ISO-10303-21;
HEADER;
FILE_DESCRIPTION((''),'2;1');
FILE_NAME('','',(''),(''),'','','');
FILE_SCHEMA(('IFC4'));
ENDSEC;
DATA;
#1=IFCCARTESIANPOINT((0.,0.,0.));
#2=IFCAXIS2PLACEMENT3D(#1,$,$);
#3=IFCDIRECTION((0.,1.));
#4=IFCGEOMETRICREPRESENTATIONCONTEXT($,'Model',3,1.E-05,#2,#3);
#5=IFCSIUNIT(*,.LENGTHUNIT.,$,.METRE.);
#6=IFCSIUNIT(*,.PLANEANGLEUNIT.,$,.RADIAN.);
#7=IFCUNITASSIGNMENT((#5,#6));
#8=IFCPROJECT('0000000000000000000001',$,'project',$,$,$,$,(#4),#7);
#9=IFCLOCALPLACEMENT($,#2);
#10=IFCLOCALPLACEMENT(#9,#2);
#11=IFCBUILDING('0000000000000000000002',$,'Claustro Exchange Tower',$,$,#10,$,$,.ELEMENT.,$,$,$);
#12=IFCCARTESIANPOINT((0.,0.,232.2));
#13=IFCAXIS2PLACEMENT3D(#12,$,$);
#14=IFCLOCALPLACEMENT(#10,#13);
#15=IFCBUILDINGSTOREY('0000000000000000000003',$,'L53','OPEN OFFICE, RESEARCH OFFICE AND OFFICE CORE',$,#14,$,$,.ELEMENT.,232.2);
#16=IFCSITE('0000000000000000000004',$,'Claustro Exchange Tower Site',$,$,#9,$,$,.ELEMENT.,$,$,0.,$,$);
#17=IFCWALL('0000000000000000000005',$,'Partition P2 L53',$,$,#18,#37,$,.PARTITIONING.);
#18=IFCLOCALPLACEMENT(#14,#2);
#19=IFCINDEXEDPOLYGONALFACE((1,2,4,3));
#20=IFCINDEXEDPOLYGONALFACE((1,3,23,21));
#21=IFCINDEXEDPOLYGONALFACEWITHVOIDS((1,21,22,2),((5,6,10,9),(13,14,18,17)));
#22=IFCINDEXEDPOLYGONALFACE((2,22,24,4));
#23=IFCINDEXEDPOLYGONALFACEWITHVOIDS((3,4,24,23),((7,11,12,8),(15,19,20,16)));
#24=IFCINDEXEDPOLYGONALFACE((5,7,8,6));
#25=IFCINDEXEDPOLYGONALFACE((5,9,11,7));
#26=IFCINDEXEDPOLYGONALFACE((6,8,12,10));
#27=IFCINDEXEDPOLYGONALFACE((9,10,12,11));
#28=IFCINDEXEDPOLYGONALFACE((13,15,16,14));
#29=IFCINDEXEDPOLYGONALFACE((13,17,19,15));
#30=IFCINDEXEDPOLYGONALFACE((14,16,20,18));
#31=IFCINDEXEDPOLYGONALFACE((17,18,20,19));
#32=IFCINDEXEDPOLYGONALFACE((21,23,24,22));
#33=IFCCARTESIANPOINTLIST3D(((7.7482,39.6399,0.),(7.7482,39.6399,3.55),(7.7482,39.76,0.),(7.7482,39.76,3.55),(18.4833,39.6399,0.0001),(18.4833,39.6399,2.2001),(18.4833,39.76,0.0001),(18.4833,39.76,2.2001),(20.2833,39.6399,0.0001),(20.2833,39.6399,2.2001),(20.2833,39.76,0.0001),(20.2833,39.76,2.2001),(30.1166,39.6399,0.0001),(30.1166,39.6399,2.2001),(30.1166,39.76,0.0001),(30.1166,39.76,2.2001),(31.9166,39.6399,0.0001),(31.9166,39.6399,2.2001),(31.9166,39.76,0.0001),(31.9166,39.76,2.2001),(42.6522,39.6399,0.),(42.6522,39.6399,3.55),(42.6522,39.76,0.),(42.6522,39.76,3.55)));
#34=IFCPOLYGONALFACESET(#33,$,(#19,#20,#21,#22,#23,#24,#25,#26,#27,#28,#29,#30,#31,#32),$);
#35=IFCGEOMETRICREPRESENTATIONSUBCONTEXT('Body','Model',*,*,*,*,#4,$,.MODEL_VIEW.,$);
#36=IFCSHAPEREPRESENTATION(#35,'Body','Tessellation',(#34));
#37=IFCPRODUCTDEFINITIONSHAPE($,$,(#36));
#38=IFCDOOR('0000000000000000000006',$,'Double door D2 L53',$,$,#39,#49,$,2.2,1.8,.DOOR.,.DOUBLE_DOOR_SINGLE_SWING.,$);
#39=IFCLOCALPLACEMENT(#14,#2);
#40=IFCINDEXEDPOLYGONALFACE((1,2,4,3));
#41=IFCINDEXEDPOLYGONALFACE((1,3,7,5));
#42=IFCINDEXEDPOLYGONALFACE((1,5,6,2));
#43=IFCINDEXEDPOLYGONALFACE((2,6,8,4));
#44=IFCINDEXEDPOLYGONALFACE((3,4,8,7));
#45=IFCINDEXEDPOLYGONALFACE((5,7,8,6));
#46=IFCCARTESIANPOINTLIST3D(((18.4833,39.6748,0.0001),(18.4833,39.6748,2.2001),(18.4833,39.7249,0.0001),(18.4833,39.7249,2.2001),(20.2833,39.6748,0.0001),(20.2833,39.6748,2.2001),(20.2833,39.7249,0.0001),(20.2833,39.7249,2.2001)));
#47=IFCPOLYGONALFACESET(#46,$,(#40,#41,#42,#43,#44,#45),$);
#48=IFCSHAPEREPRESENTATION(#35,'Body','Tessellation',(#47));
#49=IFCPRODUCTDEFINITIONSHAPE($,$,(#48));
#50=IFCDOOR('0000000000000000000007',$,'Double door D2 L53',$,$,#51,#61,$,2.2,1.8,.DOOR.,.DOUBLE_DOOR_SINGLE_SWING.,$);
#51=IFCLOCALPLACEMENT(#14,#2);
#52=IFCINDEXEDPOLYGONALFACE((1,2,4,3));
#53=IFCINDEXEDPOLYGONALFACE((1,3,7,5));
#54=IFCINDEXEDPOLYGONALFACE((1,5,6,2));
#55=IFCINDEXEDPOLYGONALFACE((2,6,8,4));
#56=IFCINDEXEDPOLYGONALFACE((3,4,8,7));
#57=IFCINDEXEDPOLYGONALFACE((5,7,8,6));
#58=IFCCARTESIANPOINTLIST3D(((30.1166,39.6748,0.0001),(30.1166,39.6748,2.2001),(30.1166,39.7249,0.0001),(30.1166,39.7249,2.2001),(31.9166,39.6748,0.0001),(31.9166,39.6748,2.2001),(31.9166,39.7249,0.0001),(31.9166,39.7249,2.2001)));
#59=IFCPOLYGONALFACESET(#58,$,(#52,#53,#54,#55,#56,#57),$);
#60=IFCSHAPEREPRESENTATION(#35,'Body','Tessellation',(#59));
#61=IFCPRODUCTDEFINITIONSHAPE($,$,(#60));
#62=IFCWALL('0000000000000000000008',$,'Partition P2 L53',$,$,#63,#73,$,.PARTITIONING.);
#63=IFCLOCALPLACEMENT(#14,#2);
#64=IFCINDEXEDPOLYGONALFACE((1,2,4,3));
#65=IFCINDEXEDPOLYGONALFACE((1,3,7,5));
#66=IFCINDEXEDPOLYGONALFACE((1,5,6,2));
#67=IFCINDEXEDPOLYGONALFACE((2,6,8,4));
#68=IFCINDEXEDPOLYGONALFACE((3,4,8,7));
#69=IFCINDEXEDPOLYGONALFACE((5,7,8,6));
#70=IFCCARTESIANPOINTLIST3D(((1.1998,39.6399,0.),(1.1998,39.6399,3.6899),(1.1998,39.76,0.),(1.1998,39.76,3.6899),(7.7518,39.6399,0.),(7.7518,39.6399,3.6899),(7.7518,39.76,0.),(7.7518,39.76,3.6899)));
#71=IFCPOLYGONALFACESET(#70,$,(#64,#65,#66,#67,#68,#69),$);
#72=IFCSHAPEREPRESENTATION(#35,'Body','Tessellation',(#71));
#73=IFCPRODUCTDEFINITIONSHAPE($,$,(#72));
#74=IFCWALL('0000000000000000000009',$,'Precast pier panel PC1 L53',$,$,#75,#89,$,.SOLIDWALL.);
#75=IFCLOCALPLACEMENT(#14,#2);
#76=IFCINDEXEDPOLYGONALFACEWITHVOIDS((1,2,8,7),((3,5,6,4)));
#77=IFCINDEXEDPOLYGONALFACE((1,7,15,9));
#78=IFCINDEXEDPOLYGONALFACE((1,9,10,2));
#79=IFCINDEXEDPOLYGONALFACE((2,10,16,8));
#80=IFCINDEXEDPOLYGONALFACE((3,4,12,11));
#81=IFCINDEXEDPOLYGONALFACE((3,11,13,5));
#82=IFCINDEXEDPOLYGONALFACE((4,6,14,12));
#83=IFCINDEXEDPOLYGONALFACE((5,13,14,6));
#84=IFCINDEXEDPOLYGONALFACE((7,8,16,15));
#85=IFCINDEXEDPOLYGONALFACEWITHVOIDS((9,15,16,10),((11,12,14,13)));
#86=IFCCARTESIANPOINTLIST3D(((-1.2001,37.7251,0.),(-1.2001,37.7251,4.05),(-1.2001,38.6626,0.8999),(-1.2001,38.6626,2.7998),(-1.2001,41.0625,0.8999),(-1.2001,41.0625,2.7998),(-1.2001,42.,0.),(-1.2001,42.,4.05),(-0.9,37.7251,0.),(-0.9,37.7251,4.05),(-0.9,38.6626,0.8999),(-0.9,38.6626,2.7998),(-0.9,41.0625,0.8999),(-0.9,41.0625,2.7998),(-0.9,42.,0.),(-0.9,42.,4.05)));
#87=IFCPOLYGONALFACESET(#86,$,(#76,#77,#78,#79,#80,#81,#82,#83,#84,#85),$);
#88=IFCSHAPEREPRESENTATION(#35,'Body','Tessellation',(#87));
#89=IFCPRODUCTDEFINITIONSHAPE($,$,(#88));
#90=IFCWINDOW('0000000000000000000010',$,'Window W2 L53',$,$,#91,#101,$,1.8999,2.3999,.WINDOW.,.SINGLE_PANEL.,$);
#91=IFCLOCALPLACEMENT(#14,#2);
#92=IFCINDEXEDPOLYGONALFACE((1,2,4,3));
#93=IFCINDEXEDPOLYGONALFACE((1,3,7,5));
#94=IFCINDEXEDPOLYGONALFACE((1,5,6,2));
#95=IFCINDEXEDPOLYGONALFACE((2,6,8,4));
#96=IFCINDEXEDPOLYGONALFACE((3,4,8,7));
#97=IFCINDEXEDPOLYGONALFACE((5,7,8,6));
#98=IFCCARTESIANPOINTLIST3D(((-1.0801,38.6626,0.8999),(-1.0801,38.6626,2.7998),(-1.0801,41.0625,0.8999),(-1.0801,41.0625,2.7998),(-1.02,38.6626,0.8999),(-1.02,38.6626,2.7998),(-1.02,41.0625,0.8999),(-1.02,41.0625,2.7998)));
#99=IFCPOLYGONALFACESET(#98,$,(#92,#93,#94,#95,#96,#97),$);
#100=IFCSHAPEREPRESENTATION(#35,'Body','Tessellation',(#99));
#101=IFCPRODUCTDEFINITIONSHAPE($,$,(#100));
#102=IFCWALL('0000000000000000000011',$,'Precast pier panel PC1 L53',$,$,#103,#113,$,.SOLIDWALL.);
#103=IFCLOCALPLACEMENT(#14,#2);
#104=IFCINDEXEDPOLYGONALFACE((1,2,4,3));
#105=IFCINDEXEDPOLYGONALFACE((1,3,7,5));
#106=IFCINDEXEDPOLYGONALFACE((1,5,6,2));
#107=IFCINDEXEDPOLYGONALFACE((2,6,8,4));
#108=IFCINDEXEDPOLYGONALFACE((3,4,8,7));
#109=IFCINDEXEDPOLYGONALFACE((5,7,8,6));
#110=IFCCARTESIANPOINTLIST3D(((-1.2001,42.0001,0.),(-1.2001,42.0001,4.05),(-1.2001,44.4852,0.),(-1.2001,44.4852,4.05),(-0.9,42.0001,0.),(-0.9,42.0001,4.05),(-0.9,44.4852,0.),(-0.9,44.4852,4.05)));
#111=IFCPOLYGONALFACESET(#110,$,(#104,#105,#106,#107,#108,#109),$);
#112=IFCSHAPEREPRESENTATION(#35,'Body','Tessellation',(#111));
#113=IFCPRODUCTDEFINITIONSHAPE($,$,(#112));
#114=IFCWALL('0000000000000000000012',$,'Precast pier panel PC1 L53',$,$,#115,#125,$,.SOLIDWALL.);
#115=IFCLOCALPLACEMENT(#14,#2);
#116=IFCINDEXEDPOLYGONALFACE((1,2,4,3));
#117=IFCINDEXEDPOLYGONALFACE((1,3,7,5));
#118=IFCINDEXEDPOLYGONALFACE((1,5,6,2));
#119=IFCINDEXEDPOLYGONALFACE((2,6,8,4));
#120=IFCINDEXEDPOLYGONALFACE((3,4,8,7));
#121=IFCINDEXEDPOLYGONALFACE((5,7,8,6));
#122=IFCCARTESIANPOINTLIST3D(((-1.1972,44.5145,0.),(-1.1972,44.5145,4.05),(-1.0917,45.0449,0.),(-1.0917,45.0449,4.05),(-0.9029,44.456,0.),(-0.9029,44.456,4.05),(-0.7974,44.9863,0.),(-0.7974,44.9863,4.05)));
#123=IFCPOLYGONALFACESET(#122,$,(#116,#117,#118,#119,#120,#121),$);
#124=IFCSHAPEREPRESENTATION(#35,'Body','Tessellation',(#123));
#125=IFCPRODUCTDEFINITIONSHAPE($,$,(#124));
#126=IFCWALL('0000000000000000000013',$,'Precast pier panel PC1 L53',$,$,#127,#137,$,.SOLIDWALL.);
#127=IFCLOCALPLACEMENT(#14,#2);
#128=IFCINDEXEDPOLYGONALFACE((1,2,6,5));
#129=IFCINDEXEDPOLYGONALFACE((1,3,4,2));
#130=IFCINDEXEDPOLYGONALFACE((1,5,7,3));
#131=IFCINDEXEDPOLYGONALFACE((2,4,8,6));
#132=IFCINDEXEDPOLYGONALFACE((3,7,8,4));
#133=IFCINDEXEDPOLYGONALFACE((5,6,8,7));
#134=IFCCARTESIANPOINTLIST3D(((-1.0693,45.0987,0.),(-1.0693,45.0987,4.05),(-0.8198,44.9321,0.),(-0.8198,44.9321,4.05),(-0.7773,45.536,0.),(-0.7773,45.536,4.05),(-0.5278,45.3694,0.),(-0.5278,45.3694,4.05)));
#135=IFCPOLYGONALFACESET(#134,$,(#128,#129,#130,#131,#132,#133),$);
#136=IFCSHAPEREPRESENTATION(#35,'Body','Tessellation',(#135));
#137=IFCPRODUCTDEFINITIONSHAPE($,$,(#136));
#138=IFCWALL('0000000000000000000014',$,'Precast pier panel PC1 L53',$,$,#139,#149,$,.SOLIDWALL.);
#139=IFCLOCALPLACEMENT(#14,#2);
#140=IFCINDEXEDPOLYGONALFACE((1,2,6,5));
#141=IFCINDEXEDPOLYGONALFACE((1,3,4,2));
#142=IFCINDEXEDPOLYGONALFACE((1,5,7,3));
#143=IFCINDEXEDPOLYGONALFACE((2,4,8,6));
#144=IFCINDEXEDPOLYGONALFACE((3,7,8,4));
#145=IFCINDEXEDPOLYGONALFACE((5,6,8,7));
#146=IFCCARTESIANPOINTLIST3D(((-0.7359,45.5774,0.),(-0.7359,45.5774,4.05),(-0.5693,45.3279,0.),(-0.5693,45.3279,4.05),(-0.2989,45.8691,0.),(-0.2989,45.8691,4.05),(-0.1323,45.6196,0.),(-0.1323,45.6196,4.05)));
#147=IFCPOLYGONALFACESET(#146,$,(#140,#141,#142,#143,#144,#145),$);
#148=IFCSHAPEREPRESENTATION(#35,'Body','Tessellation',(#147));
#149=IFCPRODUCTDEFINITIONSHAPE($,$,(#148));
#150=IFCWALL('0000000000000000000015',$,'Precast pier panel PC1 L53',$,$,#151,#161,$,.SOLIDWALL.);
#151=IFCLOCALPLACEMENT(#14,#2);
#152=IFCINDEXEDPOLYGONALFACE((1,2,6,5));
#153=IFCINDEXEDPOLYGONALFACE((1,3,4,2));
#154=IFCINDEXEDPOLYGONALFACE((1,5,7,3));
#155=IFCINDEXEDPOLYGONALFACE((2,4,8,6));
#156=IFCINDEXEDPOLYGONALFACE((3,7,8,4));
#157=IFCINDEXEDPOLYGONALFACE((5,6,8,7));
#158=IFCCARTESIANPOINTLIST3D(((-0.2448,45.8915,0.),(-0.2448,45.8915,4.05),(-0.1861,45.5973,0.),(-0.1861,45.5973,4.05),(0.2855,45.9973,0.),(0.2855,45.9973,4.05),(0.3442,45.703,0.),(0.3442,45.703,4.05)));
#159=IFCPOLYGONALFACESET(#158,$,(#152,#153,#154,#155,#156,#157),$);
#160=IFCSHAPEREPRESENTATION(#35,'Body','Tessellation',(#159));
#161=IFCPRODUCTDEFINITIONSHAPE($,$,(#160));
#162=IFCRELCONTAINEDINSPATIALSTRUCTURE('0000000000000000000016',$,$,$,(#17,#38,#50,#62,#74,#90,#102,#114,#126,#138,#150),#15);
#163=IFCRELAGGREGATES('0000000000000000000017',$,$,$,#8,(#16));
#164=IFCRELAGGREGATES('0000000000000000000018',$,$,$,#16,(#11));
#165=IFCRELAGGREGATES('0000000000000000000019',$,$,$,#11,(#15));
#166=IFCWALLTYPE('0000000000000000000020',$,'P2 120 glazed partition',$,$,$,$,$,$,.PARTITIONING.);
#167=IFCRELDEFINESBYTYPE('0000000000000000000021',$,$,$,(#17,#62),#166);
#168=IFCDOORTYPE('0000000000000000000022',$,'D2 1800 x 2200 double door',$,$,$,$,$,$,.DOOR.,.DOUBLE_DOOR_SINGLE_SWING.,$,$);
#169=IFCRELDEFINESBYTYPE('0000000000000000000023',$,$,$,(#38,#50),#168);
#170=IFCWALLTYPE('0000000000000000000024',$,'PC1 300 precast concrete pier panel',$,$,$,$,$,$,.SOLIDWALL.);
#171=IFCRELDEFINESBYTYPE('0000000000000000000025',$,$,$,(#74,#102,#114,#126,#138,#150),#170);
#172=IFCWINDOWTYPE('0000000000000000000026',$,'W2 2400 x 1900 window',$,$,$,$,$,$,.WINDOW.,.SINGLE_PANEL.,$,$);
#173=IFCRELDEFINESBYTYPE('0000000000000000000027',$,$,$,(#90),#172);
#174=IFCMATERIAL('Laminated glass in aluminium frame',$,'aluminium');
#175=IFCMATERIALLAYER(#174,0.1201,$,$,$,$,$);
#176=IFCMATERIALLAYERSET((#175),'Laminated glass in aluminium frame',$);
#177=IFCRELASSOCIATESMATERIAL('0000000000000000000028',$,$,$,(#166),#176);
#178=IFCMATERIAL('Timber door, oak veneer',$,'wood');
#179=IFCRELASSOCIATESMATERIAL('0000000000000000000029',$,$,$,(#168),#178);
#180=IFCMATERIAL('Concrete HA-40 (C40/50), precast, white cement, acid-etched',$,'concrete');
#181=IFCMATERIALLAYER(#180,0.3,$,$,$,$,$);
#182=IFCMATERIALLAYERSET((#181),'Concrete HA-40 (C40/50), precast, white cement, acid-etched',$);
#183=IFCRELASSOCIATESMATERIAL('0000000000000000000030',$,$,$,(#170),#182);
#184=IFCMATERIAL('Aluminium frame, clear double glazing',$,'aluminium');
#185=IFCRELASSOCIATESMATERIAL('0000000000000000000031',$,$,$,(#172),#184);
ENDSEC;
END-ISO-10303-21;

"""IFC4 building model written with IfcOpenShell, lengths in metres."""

from ifc_helpers import new_model, si_unit, direction, frame, frame_2d, origin, place, context, subcontext, project, spatial, rectangle, extrude, material, layer, layer_set, type_object, element, fill, save


model = new_model("IFC4")

# Units and contexts
model_context = context("Model", 3, precision=1e-05, world=origin(), true_north=direction((0.0, 1.0)))
body_context = subcontext(model_context, "Body", "Model", "MODEL_VIEW")
ifc_project = project(units=[si_unit("LENGTHUNIT", "METRE"), si_unit("PLANEANGLEUNIT", "RADIAN")], contexts=[model_context])

# Site, building, storey
site_placement = place(None, origin())
site = spatial("IfcSite", under=ifc_project, at=site_placement, Name="Claustro Exchange Tower Site", CompositionType="ELEMENT", RefElevation=0.0)
building_placement = place(site_placement, origin())
building = spatial("IfcBuilding", under=site, at=building_placement, Name="Claustro Exchange Tower", CompositionType="ELEMENT")
storey_placement = place(building_placement, frame((0.0, 0.0, 232.2)))
storey = spatial("IfcBuildingStorey", under=building, at=storey_placement, Name="L53", Description="OPEN OFFICE, RESEARCH OFFICE AND OFFICE CORE", CompositionType="ELEMENT", Elevation=232.2)

# Wall, openings, doors
ifc_material_1 = material(Name="Laminated glass in aluminium frame", Category="aluminium")
ifc_layer_1 = layer(ifc_material_1, 0.1201)
ifc_layer_set_1 = layer_set([ifc_layer_1], Name="Laminated glass in aluminium frame")
wall_type_1 = type_object("IfcWallType", Name="P2 120 glazed partition", PredefinedType="PARTITIONING", material=ifc_layer_set_1)
wall_1_placement = place(storey_placement, frame((7.748, 39.7, 0.0), z_axis=(0.0, 0.0, 1.0), x_axis=(1.0, 0.0, 0.0)))
wall_1 = element("IfcWall", 1, at=wall_1_placement, inside=storey, type_object=wall_type_1, Name="Partition P2 L53", PredefinedType="PARTITIONING", context=body_context, shape_type="SweptSolid", body=[
    extrude(rectangle(XDim=34.9041, YDim=0.1201, at=frame_2d((17.4521, 0.0))), origin(), (0.0, 0.0, 1.0), 3.55),
])
opening_1_placement = place(wall_1_placement, frame((10.7354, 0.0, 0.0)))
opening_1 = element("IfcOpeningElement", 2, at=opening_1_placement, cuts=wall_1, PredefinedType="OPENING", context=body_context, shape_type="SweptSolid", body=[
    extrude(rectangle(XDim=1.8, YDim=2.2, at=frame_2d((0.8999, 1.1001))), frame((0.0, 0.0701, 0.0), z_axis=(0.0, -1.0, 0.0), x_axis=(1.0, 0.0, 0.0)), (0.0, 0.0, 1.0), 0.1401),
])
opening_2_placement = place(wall_1_placement, frame((22.3687, 0.0, 0.0)))
opening_2 = element("IfcOpeningElement", 3, at=opening_2_placement, cuts=wall_1, PredefinedType="OPENING", context=body_context, shape_type="SweptSolid", body=[
    extrude(rectangle(XDim=1.8, YDim=2.2, at=frame_2d((0.8999, 1.1001))), frame((0.0, 0.0701, 0.0), z_axis=(0.0, -1.0, 0.0), x_axis=(1.0, 0.0, 0.0)), (0.0, 0.0, 1.0), 0.1401),
])
ifc_material_2 = material(Name="Timber door, oak veneer", Category="wood")
door_type_1 = type_object("IfcDoorType", Name="D2 1800 x 2200 double door", OperationType="DOUBLE_DOOR_SINGLE_SWING", PredefinedType="DOOR", material=ifc_material_2)
door_1_placement = place(opening_1_placement, origin())
door_1 = element("IfcDoor", 4, at=door_1_placement, inside=storey, type_object=door_type_1, Name="Double door D2 L53", OperationType="DOUBLE_DOOR_SINGLE_SWING", OverallHeight=2.2, OverallWidth=1.8, PredefinedType="DOOR", context=body_context, shape_type="SweptSolid", body=[
    extrude(rectangle(XDim=1.8, YDim=2.2, at=frame_2d((0.8999, 1.1001))), frame((0.0, 0.0249, 0.0), z_axis=(0.0, -1.0, 0.0), x_axis=(1.0, 0.0, 0.0)), (0.0, 0.0, 1.0), 0.05),
])
fill(opening_1, door_1)
door_2_placement = place(opening_2_placement, origin())
door_2 = element("IfcDoor", 5, at=door_2_placement, inside=storey, type_object=door_type_1, Name="Double door D2 L53", OperationType="DOUBLE_DOOR_SINGLE_SWING", OverallHeight=2.2, OverallWidth=1.8, PredefinedType="DOOR", context=body_context, shape_type="SweptSolid", body=[
    extrude(rectangle(XDim=1.8, YDim=2.2, at=frame_2d((0.8999, 1.1001))), frame((0.0, 0.0249, 0.0), z_axis=(0.0, -1.0, 0.0), x_axis=(1.0, 0.0, 0.0)), (0.0, 0.0, 1.0), 0.05),
])
fill(opening_2, door_2)

# Wall
wall_2_placement = place(storey_placement, frame((1.2, 39.7, 0.0), z_axis=(0.0, 0.0, 1.0), x_axis=(1.0, 0.0, 0.0)))
element("IfcWall", 6, at=wall_2_placement, inside=storey, type_object=wall_type_1, Name="Partition P2 L53", PredefinedType="PARTITIONING", context=body_context, shape_type="SweptSolid", body=[
    extrude(rectangle(XDim=6.552, YDim=0.1201, at=frame_2d((3.2759, 0.0))), origin(), (0.0, 0.0, 1.0), 3.6899),
])

# Wall, opening, window
ifc_material_3 = material(Name="Concrete HA-40 (C40/50), precast, white cement, acid-etched", Category="concrete")
ifc_layer_2 = layer(ifc_material_3, 0.3)
ifc_layer_set_2 = layer_set([ifc_layer_2], Name="Concrete HA-40 (C40/50), precast, white cement, acid-etched")
wall_type_2 = type_object("IfcWallType", Name="PC1 300 precast concrete pier panel", PredefinedType="SOLIDWALL", material=ifc_layer_set_2)
wall_3_placement = place(storey_placement, frame((-1.05, 37.7251, 0.0), z_axis=(0.0, 0.0, 1.0), x_axis=(0.0, 1.0, 0.0)))
wall_3 = element("IfcWall", 7, at=wall_3_placement, inside=storey, type_object=wall_type_2, Name="Precast pier panel PC1 L53", PredefinedType="SOLIDWALL", context=body_context, shape_type="SweptSolid", body=[
    extrude(rectangle(XDim=4.2749, YDim=0.3, at=frame_2d((2.1375, 0.0))), origin(), (0.0, 0.0, 1.0), 4.05),
])
opening_3_placement = place(wall_3_placement, frame((0.9375, 0.0, 0.8999)))
opening_3 = element("IfcOpeningElement", 8, at=opening_3_placement, cuts=wall_3, PredefinedType="OPENING", context=body_context, shape_type="SweptSolid", body=[
    extrude(rectangle(XDim=2.3999, YDim=1.8999, at=frame_2d((1.2, 0.95))), frame((0.0, 0.1599, 0.0), z_axis=(0.0, -1.0, 0.0), x_axis=(1.0, 0.0, 0.0)), (0.0, 0.0, 1.0), 0.3201),
])
ifc_material_4 = material(Name="Aluminium frame, clear double glazing", Category="aluminium")
window_type_1 = type_object("IfcWindowType", Name="W2 2400 x 1900 window", PartitioningType="SINGLE_PANEL", PredefinedType="WINDOW", material=ifc_material_4)
window_1_placement = place(opening_3_placement, origin())
window_1 = element("IfcWindow", 9, at=window_1_placement, inside=storey, type_object=window_type_1, Name="Window W2 L53", OverallHeight=1.8999, OverallWidth=2.3999, PartitioningType="SINGLE_PANEL", PredefinedType="WINDOW", context=body_context, shape_type="SweptSolid", body=[
    extrude(rectangle(XDim=2.3999, YDim=1.8999, at=frame_2d((1.2, 0.95))), frame((0.0, 0.03, 0.0), z_axis=(0.0, -1.0, 0.0), x_axis=(1.0, 0.0, 0.0)), (0.0, 0.0, 1.0), 0.0601),
])
fill(opening_3, window_1)

# Walls
wall_4_placement = place(storey_placement, frame((-1.05, 42.0, 0.0), z_axis=(0.0, 0.0, 1.0), x_axis=(0.0, 1.0, 0.0)))
element("IfcWall", 10, at=wall_4_placement, inside=storey, type_object=wall_type_2, Name="Precast pier panel PC1 L53", PredefinedType="SOLIDWALL", context=body_context, shape_type="SweptSolid", body=[
    extrude(rectangle(XDim=2.4851, YDim=0.3, at=frame_2d((1.2427, 0.0))), origin(), (0.0, 0.0, 1.0), 4.05),
])
wall_5_placement = place(storey_placement, frame((-1.05, 44.4851, 0.0), z_axis=(0.0, 0.0, 1.0), x_axis=(0.195074, 0.980789, 0.0)))
element("IfcWall", 11, at=wall_5_placement, inside=storey, type_object=wall_type_2, Name="Precast pier panel PC1 L53", PredefinedType="SOLIDWALL", context=body_context, shape_type="SweptSolid", body=[
    extrude(rectangle(XDim=0.5408, YDim=0.3, at=frame_2d((0.2705, 0.0))), origin(), (0.0, 0.0, 1.0), 4.05),
])
wall_6_placement = place(storey_placement, frame((-0.9446, 45.0154, 0.0), z_axis=(0.0, 0.0, 1.0), x_axis=(0.555343, 0.831621, 0.0)))
element("IfcWall", 12, at=wall_6_placement, inside=storey, type_object=wall_type_2, Name="Precast pier panel PC1 L53", PredefinedType="SOLIDWALL", context=body_context, shape_type="SweptSolid", body=[
    extrude(rectangle(XDim=0.5259, YDim=0.3, at=frame_2d((0.2629, 0.0))), origin(), (0.0, 0.0, 1.0), 4.05),
])
wall_7_placement = place(storey_placement, frame((-0.6526, 45.4526, 0.0), z_axis=(0.0, 0.0, 1.0), x_axis=(0.831693, 0.555236, 0.0)))
element("IfcWall", 13, at=wall_7_placement, inside=storey, type_object=wall_type_2, Name="Precast pier panel PC1 L53", PredefinedType="SOLIDWALL", context=body_context, shape_type="SweptSolid", body=[
    extrude(rectangle(XDim=0.5254, YDim=0.3, at=frame_2d((0.2627, 0.0))), origin(), (0.0, 0.0, 1.0), 4.05),
])
wall_8_placement = place(storey_placement, frame((-0.2156, 45.7444, 0.0), z_axis=(0.0, 0.0, 1.0), x_axis=(0.980702, 0.195508, 0.0)))
element("IfcWall", 14, at=wall_8_placement, inside=storey, type_object=wall_type_2, Name="Precast pier panel PC1 L53", PredefinedType="SOLIDWALL", context=body_context, shape_type="SweptSolid", body=[
    extrude(rectangle(XDim=0.5408, YDim=0.3, at=frame_2d((0.2705, 0.0))), origin(), (0.0, 0.0, 1.0), 4.05),
])

save(model, "model.ifc")
